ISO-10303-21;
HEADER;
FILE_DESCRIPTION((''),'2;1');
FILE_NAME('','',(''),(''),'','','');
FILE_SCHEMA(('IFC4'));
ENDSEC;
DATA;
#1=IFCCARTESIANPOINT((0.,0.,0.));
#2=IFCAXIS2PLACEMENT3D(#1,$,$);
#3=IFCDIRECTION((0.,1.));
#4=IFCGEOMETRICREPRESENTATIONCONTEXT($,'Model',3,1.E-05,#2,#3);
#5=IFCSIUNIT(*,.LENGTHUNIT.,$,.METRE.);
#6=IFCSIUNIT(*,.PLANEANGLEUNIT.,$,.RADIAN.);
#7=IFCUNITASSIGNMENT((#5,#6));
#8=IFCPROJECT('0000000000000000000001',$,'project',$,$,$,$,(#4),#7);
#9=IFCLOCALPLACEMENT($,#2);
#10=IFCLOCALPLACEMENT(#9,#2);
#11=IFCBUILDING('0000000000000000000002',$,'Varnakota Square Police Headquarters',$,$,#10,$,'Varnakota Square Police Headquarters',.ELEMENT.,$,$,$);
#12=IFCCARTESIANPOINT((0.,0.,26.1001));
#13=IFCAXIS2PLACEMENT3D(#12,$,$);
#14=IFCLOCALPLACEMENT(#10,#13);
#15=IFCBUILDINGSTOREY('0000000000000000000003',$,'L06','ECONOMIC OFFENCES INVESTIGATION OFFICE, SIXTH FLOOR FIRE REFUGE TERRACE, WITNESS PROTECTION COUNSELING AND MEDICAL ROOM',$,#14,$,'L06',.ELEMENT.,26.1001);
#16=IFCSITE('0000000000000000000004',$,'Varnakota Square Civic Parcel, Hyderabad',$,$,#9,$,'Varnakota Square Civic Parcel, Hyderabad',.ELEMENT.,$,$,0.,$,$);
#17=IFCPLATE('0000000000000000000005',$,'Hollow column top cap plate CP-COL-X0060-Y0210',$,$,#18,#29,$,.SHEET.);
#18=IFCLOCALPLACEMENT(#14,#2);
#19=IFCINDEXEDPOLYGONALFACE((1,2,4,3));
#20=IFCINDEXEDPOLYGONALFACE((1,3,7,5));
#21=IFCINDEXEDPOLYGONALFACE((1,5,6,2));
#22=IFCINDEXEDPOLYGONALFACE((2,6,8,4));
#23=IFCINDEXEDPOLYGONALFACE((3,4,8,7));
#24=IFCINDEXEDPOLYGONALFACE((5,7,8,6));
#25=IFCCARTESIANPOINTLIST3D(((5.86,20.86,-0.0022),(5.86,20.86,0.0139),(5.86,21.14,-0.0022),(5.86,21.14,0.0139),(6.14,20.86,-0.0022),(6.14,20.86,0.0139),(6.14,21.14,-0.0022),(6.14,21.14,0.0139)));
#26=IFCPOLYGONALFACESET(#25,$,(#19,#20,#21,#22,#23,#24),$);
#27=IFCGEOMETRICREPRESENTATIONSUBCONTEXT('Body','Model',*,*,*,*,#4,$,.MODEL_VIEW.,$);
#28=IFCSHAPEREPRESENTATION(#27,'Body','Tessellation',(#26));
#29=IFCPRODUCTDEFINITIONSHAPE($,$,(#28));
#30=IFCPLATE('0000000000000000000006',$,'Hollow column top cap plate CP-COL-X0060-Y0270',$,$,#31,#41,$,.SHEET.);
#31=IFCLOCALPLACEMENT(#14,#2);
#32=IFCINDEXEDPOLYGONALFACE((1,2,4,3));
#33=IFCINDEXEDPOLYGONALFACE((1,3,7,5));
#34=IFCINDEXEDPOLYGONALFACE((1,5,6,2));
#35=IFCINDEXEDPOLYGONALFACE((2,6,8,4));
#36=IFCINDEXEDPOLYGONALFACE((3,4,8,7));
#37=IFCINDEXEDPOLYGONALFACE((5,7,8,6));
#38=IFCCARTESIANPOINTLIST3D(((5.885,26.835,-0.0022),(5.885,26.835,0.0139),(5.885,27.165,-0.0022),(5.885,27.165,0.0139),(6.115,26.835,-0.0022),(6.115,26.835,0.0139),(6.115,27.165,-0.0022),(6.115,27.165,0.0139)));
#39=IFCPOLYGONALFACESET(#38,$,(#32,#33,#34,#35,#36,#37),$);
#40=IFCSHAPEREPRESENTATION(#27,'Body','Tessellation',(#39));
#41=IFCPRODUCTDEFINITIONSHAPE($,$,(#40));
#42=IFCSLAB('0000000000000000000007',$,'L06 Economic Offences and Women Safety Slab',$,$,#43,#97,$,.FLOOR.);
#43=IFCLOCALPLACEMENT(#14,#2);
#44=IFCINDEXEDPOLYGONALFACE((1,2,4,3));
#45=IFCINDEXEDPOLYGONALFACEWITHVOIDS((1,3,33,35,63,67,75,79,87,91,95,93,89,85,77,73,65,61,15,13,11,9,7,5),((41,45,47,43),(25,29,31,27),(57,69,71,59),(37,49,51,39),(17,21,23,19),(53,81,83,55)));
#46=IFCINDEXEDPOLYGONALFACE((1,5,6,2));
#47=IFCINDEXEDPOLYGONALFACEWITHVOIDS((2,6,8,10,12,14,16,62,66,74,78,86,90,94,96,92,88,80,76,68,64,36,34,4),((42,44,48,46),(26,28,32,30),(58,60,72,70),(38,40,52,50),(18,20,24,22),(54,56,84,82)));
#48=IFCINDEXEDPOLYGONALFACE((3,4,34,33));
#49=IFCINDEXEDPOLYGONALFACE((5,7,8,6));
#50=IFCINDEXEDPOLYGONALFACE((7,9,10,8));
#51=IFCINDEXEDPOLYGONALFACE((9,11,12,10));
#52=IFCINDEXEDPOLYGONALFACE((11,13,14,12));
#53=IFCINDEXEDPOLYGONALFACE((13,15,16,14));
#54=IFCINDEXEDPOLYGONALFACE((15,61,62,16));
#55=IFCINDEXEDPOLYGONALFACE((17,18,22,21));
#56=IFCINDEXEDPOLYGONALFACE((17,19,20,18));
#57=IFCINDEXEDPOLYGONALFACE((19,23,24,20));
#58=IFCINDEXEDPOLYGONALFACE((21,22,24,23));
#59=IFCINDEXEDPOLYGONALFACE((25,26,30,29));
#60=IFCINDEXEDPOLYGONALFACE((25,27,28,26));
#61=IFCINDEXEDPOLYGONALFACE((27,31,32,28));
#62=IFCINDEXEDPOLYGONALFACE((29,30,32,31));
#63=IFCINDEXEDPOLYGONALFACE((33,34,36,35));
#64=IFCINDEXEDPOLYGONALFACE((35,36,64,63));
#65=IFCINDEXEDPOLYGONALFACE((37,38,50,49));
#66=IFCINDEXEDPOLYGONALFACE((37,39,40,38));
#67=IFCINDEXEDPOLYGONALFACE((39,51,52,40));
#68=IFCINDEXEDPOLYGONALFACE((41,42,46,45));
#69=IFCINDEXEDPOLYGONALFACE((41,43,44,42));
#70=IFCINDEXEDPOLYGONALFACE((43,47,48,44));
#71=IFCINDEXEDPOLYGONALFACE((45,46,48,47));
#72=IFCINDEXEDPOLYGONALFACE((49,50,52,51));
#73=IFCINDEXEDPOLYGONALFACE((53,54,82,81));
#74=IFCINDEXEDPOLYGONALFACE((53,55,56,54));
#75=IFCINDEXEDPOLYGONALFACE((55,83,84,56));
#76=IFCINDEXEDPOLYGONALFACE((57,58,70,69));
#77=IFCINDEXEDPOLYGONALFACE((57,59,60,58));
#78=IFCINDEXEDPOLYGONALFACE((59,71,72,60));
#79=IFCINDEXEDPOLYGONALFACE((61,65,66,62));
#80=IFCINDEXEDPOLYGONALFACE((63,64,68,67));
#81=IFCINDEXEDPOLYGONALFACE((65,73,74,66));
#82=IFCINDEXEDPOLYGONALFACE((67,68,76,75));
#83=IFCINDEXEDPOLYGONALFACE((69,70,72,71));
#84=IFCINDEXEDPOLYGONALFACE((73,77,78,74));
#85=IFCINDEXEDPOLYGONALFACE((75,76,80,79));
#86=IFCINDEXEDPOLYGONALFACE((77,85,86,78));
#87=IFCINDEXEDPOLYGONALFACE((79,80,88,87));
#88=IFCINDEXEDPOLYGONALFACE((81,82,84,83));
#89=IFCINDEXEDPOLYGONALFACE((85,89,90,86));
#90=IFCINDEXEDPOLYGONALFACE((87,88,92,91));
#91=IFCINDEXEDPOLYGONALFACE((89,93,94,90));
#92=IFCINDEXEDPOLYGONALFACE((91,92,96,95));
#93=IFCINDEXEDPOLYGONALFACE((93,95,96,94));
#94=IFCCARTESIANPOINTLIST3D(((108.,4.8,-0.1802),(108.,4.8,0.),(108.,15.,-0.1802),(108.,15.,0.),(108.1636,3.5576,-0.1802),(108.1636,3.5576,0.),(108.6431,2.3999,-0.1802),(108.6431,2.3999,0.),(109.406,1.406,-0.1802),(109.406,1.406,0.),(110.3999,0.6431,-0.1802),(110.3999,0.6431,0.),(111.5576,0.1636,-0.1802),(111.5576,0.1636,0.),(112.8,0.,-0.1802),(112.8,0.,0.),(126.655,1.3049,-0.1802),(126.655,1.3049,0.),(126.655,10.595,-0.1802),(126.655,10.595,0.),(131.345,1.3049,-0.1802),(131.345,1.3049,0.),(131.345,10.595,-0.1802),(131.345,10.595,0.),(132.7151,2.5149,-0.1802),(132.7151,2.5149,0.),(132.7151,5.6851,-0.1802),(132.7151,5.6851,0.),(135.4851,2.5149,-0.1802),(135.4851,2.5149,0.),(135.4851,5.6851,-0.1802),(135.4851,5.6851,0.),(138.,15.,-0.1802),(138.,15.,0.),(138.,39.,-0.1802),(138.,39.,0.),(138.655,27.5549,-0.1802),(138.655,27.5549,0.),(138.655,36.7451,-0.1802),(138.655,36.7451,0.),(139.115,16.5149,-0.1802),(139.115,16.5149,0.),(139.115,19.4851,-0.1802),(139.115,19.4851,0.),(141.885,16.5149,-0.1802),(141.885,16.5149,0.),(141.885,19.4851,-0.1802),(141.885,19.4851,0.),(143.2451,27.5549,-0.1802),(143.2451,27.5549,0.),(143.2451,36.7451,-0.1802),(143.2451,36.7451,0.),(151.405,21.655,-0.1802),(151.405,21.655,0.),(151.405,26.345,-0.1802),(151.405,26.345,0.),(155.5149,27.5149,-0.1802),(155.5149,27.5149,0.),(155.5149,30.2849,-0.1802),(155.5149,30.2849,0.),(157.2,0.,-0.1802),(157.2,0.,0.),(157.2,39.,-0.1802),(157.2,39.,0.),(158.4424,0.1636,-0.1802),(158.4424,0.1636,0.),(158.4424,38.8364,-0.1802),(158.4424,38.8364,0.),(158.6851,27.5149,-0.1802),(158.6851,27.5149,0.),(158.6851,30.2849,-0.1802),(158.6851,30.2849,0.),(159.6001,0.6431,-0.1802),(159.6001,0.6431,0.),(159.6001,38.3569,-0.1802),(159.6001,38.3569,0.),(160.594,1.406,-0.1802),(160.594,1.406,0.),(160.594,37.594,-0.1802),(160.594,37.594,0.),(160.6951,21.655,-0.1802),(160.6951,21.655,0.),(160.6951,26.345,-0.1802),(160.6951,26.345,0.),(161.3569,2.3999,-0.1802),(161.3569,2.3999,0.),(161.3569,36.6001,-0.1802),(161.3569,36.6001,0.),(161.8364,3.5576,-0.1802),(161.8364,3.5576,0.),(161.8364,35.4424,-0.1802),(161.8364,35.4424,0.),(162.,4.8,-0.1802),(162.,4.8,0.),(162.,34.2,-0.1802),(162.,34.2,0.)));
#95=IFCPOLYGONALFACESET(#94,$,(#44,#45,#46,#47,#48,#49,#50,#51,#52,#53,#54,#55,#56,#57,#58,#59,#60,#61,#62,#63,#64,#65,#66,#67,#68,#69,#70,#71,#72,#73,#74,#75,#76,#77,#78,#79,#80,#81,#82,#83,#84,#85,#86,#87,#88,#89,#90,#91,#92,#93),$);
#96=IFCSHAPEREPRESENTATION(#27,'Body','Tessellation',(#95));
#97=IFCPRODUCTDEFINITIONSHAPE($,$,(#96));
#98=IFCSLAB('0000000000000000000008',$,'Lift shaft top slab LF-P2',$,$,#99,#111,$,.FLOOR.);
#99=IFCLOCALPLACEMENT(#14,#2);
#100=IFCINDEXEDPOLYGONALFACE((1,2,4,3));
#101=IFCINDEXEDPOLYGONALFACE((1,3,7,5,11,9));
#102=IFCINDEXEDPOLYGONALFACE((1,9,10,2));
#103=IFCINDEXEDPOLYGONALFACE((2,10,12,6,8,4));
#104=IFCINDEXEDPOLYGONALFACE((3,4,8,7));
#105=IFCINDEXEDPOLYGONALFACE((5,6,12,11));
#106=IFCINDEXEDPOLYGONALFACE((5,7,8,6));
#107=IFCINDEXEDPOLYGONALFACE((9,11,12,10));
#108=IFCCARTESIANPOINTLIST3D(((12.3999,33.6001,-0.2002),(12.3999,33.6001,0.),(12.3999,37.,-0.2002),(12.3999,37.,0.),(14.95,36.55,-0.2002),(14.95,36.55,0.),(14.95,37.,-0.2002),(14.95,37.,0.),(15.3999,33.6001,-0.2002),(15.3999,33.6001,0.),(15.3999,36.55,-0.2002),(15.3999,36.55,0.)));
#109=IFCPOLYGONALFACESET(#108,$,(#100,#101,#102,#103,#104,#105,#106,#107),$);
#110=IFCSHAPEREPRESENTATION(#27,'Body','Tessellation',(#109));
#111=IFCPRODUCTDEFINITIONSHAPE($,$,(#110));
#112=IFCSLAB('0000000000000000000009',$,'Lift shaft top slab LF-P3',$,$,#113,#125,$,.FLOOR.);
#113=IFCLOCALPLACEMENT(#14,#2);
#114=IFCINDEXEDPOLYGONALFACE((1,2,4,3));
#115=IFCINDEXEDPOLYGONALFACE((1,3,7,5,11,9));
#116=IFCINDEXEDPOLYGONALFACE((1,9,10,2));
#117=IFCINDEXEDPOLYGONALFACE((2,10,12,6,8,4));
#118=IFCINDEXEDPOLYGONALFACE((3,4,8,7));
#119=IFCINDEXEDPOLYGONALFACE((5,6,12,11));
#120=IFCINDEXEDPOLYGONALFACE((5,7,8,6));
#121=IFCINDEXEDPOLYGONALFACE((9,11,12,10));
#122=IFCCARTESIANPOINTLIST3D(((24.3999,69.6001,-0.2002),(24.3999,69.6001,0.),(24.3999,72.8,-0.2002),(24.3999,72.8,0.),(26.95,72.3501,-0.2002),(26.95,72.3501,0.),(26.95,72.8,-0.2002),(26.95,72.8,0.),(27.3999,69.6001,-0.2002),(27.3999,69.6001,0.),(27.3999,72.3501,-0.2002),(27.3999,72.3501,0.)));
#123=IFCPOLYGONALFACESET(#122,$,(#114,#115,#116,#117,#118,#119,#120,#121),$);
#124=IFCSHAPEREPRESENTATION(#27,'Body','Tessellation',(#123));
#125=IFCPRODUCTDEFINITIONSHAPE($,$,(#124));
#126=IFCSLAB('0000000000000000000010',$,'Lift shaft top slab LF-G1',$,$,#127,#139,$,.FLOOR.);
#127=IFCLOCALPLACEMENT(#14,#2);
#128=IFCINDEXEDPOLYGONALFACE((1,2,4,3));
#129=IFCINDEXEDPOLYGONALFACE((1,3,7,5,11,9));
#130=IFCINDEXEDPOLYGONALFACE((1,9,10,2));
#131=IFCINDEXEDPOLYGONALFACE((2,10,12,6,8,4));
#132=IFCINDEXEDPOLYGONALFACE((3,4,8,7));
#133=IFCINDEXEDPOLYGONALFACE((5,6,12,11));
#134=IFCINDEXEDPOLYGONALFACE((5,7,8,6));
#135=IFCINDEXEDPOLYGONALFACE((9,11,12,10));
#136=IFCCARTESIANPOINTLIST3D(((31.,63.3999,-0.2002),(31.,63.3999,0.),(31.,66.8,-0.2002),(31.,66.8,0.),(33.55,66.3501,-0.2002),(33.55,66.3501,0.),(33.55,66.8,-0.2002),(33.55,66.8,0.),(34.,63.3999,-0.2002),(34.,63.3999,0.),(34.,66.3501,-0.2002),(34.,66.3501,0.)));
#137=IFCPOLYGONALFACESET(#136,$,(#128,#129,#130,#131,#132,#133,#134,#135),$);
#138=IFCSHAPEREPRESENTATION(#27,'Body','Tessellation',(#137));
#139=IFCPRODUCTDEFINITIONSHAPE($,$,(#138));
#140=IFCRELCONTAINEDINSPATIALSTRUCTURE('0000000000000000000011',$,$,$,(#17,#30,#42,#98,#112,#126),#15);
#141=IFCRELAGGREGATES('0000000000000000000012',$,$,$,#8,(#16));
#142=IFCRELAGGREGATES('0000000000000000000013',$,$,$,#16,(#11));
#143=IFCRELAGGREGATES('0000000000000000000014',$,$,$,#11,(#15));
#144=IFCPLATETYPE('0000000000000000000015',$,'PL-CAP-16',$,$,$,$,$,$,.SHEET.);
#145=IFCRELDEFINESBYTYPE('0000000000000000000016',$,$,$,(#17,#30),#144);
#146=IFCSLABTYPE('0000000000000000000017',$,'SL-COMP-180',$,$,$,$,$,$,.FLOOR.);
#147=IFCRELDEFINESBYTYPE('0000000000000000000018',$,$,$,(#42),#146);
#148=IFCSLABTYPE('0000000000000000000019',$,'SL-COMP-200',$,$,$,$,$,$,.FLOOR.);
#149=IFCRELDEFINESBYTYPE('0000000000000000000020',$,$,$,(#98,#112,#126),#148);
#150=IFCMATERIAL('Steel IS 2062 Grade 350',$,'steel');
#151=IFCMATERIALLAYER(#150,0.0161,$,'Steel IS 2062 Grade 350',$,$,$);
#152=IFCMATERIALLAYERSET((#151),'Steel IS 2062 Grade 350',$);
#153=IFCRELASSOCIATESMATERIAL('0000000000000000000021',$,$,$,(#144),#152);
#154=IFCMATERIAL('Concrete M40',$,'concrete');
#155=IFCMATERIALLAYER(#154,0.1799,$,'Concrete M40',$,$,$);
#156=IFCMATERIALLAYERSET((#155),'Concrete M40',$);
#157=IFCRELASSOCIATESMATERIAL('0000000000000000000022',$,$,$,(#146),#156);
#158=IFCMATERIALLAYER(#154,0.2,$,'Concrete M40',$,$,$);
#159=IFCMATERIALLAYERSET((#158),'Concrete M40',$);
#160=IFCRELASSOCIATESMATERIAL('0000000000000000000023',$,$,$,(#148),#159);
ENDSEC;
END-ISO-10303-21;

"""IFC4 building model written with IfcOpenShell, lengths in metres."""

from ifc_helpers import new_model, si_unit, direction, frame, origin, origin_2d, place, context, subcontext, project, spatial, polyline, rectangle, outline, extrude, material, layer, layer_set, type_object, element, save


model = new_model("IFC4")

# Units and contexts
model_context = context("Model", 3, precision=1e-05, world=origin(), true_north=direction((0.0, 1.0)))
body_context = subcontext(model_context, "Body", "Model", "MODEL_VIEW")
ifc_project = project(units=[si_unit("LENGTHUNIT", "METRE"), si_unit("PLANEANGLEUNIT", "RADIAN")], contexts=[model_context])

# Site, building, storey
site_placement = place(None, origin())
site = spatial("IfcSite", under=ifc_project, at=site_placement, Name="Varnakota Square Civic Parcel, Hyderabad", LongName="Varnakota Square Civic Parcel, Hyderabad", CompositionType="ELEMENT", RefElevation=0.0)
building_placement = place(site_placement, origin())
building = spatial("IfcBuilding", under=site, at=building_placement, Name="Varnakota Square Police Headquarters", LongName="Varnakota Square Police Headquarters", CompositionType="ELEMENT")
storey_placement = place(building_placement, frame((0.0, 0.0, 26.1001)))
storey = spatial("IfcBuildingStorey", under=building, at=storey_placement, Name="L06", Description="ECONOMIC OFFENCES INVESTIGATION OFFICE, SIXTH FLOOR FIRE REFUGE TERRACE, WITNESS PROTECTION COUNSELING AND MEDICAL ROOM", LongName="L06", CompositionType="ELEMENT", Elevation=26.1001)

# Plates
ifc_material_1 = material(Name="Steel IS 2062 Grade 350", Category="steel")
ifc_layer_1 = layer(ifc_material_1, 0.0161, Name="Steel IS 2062 Grade 350")
ifc_layer_set_1 = layer_set([ifc_layer_1], Name="Steel IS 2062 Grade 350")
plate_type = type_object("IfcPlateType", Name="PL-CAP-16", PredefinedType="SHEET", material=ifc_layer_set_1)
plate_1_placement = place(storey_placement, frame((6.0, 21.0, -0.0022), z_axis=(0.0, 0.0, 1.0), x_axis=(1.0, 0.0, 0.0)))
element("IfcPlate", 1, at=plate_1_placement, inside=storey, type_object=plate_type, Name="Hollow column top cap plate CP-COL-X0060-Y0210", PredefinedType="SHEET", context=body_context, shape_type="SweptSolid", body=[
    extrude(rectangle(XDim=0.28, YDim=0.28, at=origin_2d()), origin(), (0.0, 0.0, 1.0), 0.0161),
])
plate_2_placement = place(storey_placement, frame((6.0, 27.0, -0.0022), z_axis=(0.0, 0.0, 1.0), x_axis=(1.0, 0.0, 0.0)))
element("IfcPlate", 2, at=plate_2_placement, inside=storey, type_object=plate_type, Name="Hollow column top cap plate CP-COL-X0060-Y0270", PredefinedType="SHEET", context=body_context, shape_type="SweptSolid", body=[
    extrude(rectangle(XDim=0.23, YDim=0.3301, at=origin_2d()), origin(), (0.0, 0.0, 1.0), 0.0161),
])

# Slabs
ifc_material_2 = material(Name="Concrete M40", Category="concrete")
ifc_layer_2 = layer(ifc_material_2, 0.1799, Name="Concrete M40")
ifc_layer_set_2 = layer_set([ifc_layer_2], Name="Concrete M40")
slab_type_1 = type_object("IfcSlabType", Name="SL-COMP-180", PredefinedType="FLOOR", material=ifc_layer_set_2)
slab_1_placement = place(storey_placement, frame((0.0, 0.0, -0.1802)))
element("IfcSlab", 3, at=slab_1_placement, inside=storey, type_object=slab_type_1, Name="L06 Economic Offences and Women Safety Slab", PredefinedType="FLOOR", context=body_context, shape_type="SweptSolid", body=[
    extrude(outline(polyline([(108.0, 4.8), (108.1636, 3.5576), (108.6431, 2.3999), (109.406, 1.406), (110.3999, 0.6431), (111.5576, 0.1636), (112.8, 0.0), (157.2, 0.0), (158.4424, 0.1636), (159.6001, 0.6431), (160.594, 1.406), (161.3569, 2.3999), (161.8364, 3.5576), (162.0, 4.8), (162.0, 34.2), (161.8364, 35.4424), (161.3569, 36.6001), (160.594, 37.594), (159.6001, 38.3569), (158.4424, 38.8364), (157.2, 39.0), (138.0, 39.0), (138.0, 15.0), (108.0, 15.0), (108.0, 4.8)]), holes=[polyline([(126.655, 1.3049), (131.345, 1.3049), (131.345, 10.595), (126.655, 10.595), (126.655, 1.3049)]), polyline([(132.7151, 2.5149), (135.4851, 2.5149), (135.4851, 5.6851), (132.7151, 5.6851), (132.7151, 2.5149)]), polyline([(151.405, 21.655), (160.6951, 21.655), (160.6951, 26.345), (151.405, 26.345), (151.405, 21.655)]), polyline([(155.5149, 27.5149), (158.6851, 27.5149), (158.6851, 30.2849), (155.5149, 30.2849), (155.5149, 27.5149)]), polyline([(138.655, 27.5549), (143.2451, 27.5549), (143.2451, 36.7451), (138.655, 36.7451), (138.655, 27.5549)]), polyline([(139.115, 16.5149), (141.885, 16.5149), (141.885, 19.4851), (139.115, 19.4851), (139.115, 16.5149)])]), origin(), (0.0, 0.0, 1.0), 0.1802),
])
ifc_layer_3 = layer(ifc_material_2, 0.2, Name="Concrete M40")
ifc_layer_set_3 = layer_set([ifc_layer_3], Name="Concrete M40")
slab_type_2 = type_object("IfcSlabType", Name="SL-COMP-200", PredefinedType="FLOOR", material=ifc_layer_set_3)
slab_2_placement = place(storey_placement, frame((0.0, 0.0, -0.2002)))
element("IfcSlab", 4, at=slab_2_placement, inside=storey, type_object=slab_type_2, Name="Lift shaft top slab LF-P2", PredefinedType="FLOOR", context=body_context, shape_type="SweptSolid", body=[
    extrude(outline(polyline([(12.3999, 33.6001), (15.3999, 33.6001), (15.3999, 36.55), (14.95, 36.55), (14.95, 37.0), (12.3999, 37.0), (12.3999, 33.6001)])), origin(), (0.0, 0.0, 1.0), 0.2002),
])
slab_3_placement = place(storey_placement, frame((0.0, 0.0, -0.2002)))
element("IfcSlab", 5, at=slab_3_placement, inside=storey, type_object=slab_type_2, Name="Lift shaft top slab LF-P3", PredefinedType="FLOOR", context=body_context, shape_type="SweptSolid", body=[
    extrude(outline(polyline([(24.3999, 69.6001), (27.3999, 69.6001), (27.3999, 72.3501), (26.95, 72.3501), (26.95, 72.8), (24.3999, 72.8), (24.3999, 69.6001)])), origin(), (0.0, 0.0, 1.0), 0.2002),
])
slab_4_placement = place(storey_placement, frame((0.0, 0.0, -0.2002)))
element("IfcSlab", 6, at=slab_4_placement, inside=storey, type_object=slab_type_2, Name="Lift shaft top slab LF-G1", PredefinedType="FLOOR", context=body_context, shape_type="SweptSolid", body=[
    extrude(outline(polyline([(31.0, 63.3999), (34.0, 63.3999), (34.0, 66.3501), (33.55, 66.3501), (33.55, 66.8), (31.0, 66.8), (31.0, 63.3999)])), origin(), (0.0, 0.0, 1.0), 0.2002),
])

save(model, "model.ifc")
